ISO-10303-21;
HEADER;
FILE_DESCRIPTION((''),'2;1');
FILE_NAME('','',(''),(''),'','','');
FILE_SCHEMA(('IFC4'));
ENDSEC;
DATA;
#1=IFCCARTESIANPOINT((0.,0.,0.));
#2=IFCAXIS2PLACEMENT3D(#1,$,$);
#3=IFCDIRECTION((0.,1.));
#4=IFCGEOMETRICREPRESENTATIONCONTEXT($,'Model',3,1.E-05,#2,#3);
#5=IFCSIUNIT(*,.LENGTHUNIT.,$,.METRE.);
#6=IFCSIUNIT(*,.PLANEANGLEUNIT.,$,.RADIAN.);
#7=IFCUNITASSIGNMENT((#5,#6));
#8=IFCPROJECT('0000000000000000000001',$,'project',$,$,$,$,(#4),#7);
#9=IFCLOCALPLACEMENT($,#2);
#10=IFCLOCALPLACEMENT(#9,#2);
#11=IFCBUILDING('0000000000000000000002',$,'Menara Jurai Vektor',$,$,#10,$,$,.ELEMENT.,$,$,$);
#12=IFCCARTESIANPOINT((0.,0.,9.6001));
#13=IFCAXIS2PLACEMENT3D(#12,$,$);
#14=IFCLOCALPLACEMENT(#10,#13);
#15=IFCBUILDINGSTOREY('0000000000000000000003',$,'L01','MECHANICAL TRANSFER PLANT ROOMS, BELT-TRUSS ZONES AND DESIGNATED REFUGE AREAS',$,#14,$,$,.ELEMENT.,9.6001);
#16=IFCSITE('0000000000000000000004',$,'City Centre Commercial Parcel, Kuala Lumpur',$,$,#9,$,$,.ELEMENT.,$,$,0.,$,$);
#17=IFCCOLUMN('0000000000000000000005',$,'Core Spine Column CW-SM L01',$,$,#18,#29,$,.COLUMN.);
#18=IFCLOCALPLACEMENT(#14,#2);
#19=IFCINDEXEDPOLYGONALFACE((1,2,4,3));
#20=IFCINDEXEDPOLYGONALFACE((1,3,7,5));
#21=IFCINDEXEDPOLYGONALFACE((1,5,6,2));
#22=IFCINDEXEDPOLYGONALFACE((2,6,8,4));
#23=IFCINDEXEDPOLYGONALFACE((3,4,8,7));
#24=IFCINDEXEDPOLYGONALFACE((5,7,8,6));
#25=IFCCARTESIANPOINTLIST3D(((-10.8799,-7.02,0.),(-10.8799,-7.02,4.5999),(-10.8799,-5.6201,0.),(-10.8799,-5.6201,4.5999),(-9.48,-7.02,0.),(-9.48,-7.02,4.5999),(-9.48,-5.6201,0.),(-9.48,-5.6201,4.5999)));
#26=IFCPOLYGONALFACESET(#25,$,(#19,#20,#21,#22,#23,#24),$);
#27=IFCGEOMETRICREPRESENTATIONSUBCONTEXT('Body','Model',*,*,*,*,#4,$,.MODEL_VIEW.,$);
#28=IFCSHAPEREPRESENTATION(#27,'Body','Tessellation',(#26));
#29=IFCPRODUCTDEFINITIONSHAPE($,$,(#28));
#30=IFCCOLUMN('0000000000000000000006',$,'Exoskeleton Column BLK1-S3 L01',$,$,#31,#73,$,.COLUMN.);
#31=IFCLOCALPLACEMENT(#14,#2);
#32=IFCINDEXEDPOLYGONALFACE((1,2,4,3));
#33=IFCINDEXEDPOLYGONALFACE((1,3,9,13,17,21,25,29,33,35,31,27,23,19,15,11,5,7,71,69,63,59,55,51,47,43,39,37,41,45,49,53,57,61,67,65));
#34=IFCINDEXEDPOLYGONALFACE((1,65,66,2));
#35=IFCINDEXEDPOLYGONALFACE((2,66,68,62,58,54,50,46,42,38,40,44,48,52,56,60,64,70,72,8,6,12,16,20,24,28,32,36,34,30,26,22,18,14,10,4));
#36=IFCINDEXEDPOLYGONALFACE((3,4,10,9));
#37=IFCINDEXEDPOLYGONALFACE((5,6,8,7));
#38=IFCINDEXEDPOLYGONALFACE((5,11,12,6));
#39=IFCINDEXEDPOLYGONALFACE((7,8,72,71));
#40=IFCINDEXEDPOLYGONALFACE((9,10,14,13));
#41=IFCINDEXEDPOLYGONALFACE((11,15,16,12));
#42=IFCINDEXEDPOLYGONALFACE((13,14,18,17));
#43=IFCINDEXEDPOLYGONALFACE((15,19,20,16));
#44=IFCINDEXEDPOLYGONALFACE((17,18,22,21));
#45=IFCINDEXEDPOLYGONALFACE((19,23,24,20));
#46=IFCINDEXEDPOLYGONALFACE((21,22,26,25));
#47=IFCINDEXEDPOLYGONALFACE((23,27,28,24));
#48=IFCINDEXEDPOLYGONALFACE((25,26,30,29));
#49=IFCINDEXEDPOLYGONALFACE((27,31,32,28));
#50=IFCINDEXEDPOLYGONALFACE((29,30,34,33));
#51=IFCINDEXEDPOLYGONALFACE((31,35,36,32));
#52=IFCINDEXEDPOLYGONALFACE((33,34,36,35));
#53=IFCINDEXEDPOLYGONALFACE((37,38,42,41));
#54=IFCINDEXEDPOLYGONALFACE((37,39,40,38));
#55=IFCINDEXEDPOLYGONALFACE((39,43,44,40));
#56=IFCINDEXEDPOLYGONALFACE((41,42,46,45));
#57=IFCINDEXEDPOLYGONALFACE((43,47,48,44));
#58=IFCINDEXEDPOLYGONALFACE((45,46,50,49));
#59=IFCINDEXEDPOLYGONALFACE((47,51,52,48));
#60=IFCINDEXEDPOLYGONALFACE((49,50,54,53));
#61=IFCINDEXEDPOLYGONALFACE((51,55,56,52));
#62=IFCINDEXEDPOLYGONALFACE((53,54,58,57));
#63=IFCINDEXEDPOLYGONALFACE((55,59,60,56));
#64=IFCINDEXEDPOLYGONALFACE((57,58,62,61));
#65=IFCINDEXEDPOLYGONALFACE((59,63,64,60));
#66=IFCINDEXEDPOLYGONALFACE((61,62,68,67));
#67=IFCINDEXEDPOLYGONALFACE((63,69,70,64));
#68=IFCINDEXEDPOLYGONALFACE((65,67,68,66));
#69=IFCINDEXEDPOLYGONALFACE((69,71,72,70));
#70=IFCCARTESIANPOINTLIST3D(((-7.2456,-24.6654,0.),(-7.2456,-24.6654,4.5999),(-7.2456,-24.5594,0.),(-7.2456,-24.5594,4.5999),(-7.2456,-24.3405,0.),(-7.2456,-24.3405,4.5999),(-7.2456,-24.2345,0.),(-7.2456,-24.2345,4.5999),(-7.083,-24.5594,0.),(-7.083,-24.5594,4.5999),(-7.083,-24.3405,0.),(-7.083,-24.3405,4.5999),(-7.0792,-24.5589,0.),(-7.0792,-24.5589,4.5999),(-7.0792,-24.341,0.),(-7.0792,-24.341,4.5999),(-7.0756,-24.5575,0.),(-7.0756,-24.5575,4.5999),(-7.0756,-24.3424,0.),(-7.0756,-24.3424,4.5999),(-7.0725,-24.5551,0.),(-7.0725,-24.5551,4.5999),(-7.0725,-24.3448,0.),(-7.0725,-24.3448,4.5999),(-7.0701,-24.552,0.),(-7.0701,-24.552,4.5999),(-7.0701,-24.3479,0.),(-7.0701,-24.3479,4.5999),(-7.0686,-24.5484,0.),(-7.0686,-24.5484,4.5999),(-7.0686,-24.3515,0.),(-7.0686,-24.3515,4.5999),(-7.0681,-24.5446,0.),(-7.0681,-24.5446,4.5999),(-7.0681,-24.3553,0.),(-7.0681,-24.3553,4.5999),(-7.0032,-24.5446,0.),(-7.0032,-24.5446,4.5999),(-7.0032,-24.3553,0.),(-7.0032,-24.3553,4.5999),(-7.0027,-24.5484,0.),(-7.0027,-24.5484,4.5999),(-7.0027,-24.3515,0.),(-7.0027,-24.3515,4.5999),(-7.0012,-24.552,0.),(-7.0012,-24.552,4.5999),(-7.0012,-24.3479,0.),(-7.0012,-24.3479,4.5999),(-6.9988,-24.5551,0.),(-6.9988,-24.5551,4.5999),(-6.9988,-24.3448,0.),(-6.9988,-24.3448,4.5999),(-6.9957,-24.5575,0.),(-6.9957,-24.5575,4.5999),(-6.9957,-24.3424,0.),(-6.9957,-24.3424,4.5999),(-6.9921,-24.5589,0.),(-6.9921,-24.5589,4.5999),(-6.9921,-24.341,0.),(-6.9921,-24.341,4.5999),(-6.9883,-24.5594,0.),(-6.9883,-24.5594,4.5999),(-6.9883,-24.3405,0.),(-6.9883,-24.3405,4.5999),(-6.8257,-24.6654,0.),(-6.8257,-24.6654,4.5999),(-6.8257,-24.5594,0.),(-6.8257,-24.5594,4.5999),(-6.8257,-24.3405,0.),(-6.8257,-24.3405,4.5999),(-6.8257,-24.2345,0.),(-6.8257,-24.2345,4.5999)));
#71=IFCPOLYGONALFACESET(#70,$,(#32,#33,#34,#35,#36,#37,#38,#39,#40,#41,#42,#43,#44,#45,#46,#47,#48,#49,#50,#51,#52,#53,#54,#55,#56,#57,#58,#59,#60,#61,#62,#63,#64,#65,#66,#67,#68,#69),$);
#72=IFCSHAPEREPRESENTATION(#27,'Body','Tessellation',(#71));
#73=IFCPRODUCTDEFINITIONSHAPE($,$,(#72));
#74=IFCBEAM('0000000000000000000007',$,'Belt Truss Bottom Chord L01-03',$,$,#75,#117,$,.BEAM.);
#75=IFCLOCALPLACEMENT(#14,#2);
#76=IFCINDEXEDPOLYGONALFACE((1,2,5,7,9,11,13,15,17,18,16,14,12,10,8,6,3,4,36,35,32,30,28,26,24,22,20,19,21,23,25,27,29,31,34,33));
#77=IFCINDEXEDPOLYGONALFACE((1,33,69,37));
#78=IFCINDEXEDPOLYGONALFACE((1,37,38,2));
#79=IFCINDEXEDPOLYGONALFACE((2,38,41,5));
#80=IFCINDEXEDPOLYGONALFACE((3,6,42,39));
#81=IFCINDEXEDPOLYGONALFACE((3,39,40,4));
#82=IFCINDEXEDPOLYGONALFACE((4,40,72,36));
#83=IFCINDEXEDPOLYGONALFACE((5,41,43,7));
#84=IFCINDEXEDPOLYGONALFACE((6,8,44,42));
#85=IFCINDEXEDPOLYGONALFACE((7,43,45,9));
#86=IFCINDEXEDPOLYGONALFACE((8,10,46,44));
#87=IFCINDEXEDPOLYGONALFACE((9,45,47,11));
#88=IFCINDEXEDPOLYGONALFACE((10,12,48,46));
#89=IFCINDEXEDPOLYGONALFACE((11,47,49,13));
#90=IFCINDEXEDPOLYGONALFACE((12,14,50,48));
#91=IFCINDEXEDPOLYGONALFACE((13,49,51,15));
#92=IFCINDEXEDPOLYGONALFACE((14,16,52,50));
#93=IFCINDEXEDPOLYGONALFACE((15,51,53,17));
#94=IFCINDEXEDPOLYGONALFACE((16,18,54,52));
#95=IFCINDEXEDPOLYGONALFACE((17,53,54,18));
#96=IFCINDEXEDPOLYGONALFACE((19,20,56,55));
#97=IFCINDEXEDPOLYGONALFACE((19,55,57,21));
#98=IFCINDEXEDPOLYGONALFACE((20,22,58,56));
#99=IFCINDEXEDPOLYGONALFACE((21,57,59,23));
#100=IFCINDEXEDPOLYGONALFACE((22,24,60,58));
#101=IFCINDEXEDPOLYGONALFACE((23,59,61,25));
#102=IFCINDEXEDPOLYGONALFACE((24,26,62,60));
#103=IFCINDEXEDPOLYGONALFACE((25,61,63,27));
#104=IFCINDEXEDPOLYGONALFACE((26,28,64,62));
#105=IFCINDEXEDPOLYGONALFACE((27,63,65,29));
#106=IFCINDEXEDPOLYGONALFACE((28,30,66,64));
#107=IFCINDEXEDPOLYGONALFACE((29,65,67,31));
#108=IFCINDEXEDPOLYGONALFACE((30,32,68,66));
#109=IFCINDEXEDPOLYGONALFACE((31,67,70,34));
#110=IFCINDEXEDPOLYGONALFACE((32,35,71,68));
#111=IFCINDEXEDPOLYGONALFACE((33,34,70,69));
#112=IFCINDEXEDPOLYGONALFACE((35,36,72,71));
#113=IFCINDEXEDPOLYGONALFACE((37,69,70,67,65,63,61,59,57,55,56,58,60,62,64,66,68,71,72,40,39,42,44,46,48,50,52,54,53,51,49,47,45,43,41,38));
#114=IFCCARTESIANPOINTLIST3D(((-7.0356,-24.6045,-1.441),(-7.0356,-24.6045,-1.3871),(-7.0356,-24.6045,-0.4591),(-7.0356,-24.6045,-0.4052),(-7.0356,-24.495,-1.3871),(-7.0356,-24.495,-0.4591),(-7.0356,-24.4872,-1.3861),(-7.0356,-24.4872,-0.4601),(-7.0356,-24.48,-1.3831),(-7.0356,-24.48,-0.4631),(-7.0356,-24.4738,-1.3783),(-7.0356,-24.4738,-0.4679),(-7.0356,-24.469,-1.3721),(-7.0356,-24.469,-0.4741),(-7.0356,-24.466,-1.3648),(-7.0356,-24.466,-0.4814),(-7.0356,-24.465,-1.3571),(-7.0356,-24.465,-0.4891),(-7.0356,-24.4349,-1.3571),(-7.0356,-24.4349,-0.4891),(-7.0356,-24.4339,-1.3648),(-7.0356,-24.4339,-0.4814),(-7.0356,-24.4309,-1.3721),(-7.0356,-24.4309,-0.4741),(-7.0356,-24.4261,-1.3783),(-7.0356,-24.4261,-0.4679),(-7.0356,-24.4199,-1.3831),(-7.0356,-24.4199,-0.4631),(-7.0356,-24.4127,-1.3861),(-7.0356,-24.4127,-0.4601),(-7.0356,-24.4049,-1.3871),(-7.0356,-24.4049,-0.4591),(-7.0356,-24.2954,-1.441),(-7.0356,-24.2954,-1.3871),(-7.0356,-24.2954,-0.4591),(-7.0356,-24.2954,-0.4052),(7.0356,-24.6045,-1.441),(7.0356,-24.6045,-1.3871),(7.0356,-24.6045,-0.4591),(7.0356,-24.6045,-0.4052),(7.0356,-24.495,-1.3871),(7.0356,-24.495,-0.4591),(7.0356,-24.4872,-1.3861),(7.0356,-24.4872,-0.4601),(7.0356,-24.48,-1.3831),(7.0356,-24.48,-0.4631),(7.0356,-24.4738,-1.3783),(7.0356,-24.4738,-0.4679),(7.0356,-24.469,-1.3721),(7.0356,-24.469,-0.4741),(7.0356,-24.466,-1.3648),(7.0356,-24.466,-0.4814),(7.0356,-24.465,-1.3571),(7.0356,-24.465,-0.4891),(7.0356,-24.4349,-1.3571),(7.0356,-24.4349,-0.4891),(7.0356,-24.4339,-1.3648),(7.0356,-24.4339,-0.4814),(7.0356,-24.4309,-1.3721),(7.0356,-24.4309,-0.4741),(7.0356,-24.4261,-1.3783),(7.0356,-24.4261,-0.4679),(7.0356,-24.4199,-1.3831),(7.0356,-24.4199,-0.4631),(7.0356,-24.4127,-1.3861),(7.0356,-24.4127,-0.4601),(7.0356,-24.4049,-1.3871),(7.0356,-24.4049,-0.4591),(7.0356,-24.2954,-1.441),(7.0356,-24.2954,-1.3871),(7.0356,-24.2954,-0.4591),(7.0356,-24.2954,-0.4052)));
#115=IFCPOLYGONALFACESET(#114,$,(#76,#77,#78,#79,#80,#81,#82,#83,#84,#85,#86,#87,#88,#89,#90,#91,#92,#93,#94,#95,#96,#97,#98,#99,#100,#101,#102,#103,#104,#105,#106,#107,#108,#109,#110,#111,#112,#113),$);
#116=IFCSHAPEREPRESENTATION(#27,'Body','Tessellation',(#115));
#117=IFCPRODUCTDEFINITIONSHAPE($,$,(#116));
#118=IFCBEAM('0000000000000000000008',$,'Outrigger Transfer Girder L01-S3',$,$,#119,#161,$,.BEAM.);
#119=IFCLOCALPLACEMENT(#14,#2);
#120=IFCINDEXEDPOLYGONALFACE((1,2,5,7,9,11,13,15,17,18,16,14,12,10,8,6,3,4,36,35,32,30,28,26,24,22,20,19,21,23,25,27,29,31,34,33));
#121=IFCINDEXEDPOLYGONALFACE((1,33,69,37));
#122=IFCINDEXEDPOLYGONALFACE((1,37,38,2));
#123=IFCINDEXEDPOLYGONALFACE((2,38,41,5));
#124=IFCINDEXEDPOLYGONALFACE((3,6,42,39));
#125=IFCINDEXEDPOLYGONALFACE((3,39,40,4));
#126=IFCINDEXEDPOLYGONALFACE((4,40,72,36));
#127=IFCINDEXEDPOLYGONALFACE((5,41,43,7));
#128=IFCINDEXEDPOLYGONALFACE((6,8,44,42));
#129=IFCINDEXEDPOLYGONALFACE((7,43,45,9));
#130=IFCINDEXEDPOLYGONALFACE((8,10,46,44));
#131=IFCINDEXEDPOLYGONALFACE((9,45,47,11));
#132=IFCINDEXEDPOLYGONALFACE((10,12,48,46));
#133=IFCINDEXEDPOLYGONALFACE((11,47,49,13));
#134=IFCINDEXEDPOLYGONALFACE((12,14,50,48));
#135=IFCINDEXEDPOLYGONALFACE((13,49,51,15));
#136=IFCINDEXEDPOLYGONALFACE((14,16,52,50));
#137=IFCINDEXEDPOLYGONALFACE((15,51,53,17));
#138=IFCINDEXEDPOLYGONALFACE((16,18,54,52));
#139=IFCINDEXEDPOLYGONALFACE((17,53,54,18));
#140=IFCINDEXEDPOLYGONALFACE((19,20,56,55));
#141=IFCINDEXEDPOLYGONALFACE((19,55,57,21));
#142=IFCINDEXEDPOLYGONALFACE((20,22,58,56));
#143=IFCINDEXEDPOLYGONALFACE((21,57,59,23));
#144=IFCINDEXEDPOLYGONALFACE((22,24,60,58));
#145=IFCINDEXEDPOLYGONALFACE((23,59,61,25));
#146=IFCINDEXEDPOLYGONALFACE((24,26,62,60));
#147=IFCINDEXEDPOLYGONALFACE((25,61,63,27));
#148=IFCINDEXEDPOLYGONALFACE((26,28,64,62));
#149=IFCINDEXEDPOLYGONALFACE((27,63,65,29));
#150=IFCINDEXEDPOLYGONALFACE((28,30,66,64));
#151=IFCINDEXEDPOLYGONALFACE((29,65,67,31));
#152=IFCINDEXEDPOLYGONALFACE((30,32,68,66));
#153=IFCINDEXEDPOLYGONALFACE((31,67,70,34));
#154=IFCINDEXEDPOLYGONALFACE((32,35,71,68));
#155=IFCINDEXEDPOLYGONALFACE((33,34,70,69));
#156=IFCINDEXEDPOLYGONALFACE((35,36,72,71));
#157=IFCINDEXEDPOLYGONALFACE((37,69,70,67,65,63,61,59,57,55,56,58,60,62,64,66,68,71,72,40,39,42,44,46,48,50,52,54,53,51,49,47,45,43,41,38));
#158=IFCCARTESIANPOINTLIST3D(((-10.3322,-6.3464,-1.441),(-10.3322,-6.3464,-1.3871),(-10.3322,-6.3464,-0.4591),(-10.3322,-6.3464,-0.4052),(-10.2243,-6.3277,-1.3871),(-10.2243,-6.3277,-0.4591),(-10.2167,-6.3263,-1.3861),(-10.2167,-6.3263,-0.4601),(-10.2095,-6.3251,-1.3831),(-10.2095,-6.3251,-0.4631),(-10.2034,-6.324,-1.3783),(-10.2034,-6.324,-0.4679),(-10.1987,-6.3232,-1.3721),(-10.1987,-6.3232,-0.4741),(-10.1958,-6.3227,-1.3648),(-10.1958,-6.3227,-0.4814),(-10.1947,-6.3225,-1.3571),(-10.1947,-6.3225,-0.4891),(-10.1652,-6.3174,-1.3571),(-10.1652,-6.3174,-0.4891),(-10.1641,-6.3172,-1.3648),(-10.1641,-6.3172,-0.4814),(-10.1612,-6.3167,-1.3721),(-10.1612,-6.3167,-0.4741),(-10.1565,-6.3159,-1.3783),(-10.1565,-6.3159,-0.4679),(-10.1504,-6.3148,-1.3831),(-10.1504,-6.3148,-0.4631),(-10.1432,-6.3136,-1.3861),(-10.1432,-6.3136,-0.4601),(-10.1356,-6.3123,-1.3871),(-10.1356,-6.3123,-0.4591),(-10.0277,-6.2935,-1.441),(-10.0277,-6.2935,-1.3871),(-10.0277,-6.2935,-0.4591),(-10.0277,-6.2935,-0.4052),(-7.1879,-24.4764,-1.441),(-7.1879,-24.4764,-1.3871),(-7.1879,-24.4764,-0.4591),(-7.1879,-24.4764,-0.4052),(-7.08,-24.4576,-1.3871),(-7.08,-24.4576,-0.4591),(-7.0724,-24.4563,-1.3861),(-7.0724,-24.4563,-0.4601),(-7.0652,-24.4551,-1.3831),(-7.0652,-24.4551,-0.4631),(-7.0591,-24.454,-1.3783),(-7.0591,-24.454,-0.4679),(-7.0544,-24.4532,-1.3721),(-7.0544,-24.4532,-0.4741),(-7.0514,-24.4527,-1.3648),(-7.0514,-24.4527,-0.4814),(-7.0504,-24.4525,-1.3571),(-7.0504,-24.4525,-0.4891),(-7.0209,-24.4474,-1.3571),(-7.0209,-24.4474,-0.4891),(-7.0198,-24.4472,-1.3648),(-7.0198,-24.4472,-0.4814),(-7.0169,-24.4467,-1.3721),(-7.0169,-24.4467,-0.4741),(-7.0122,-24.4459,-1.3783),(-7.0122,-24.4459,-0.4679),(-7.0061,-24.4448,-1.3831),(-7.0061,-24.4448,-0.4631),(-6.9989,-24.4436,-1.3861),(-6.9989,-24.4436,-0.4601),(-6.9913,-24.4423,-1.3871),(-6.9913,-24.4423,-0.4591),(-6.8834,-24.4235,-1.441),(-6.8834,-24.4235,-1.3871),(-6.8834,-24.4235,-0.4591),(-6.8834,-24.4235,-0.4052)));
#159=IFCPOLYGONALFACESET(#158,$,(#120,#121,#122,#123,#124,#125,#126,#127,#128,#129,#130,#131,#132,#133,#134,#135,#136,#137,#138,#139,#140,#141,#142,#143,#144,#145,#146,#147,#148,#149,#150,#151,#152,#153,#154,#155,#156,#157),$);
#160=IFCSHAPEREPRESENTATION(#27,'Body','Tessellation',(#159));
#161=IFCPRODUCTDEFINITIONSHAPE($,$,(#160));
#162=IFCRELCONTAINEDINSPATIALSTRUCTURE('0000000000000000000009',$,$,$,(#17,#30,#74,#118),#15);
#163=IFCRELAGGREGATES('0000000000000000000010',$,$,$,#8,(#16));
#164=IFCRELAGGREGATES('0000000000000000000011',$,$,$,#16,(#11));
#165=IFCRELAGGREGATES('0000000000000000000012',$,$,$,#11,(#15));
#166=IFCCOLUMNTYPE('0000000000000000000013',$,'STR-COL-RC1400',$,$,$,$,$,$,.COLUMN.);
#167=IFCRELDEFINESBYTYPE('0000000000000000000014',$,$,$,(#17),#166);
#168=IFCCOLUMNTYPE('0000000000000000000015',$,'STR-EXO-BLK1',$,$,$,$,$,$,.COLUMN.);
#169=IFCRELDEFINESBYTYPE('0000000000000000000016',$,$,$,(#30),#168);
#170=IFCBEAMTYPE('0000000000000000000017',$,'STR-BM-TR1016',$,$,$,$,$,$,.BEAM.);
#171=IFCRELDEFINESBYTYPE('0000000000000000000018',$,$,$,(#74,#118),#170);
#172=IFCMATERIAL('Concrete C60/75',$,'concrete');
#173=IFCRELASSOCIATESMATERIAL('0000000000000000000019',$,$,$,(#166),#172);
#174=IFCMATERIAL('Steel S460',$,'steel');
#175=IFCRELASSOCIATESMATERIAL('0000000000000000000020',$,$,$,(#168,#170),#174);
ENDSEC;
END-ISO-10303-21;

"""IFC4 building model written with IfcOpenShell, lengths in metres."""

from ifc_helpers import new_model, si_unit, direction, frame, origin, origin_2d, place, context, subcontext, project, spatial, rectangle, i_section, extrude, material, material_profile, profile_set, type_object, element, save


model = new_model("IFC4")

# Units and contexts
model_context = context("Model", 3, precision=1e-05, world=origin(), true_north=direction((0.0, 1.0)))
body_context = subcontext(model_context, "Body", "Model", "MODEL_VIEW")
ifc_project = project(units=[si_unit("LENGTHUNIT", "METRE"), si_unit("PLANEANGLEUNIT", "RADIAN")], contexts=[model_context])

# Site, building, storey
site_placement = place(None, origin())
site = spatial("IfcSite", under=ifc_project, at=site_placement, Name="City Centre Commercial Parcel, Kuala Lumpur", CompositionType="ELEMENT", RefElevation=0.0)
building_placement = place(site_placement, origin())
building = spatial("IfcBuilding", under=site, at=building_placement, Name="Menara Jurai Vektor", CompositionType="ELEMENT")
storey_placement = place(building_placement, frame((0.0, 0.0, 9.6001)))
storey = spatial("IfcBuildingStorey", under=building, at=storey_placement, Name="L01", Description="MECHANICAL TRANSFER PLANT ROOMS, BELT-TRUSS ZONES AND DESIGNATED REFUGE AREAS", CompositionType="ELEMENT", Elevation=9.6001)

# Columns
ifc_material_1 = material(Name="Concrete C60/75", Category="concrete")
ifc_material_profile_1 = material_profile(ifc_material_1, rectangle(XDim=1.3999, YDim=1.3999, at=origin_2d()), Name="RC 1400x1400")
ifc_profile_set_1 = profile_set([ifc_material_profile_1], Name="Concrete C60/75")
column_type_1 = type_object("IfcColumnType", Name="STR-COL-RC1400", PredefinedType="COLUMN", material=ifc_profile_set_1)
column_1_placement = place(storey_placement, frame((-10.1799, -6.3201, 0.0), z_axis=(0.0, 0.0, 1.0), x_axis=(1.0, 0.0, 0.0)))
element("IfcColumn", 1, at=column_1_placement, inside=storey, type_object=column_type_1, Name="Core Spine Column CW-SM L01", PredefinedType="COLUMN", context=body_context, shape_type="SweptSolid", body=[
    extrude(rectangle(XDim=1.3999, YDim=1.3999, at=origin_2d()), origin(), (0.0, 0.0, 1.0), 4.5999),
])
ifc_material_2 = material(Name="Steel S460", Category="steel")
ifc_material_profile_2 = material_profile(ifc_material_2, i_section(OverallWidth=0.4199, OverallDepth=0.4309, WebThickness=0.0649, FlangeThickness=0.106, FilletRadius=0.0149, at=origin_2d()), Name="HD 400x900")
ifc_profile_set_2 = profile_set([ifc_material_profile_2], Name="Steel S460")
column_type_2 = type_object("IfcColumnType", Name="STR-EXO-BLK1", PredefinedType="COLUMN", material=ifc_profile_set_2)
column_2_placement = place(storey_placement, frame((-7.0356, -24.45, 0.0), z_axis=(0.0, 0.0, 1.0), x_axis=(1.0, 0.0, 0.0)))
element("IfcColumn", 2, at=column_2_placement, inside=storey, type_object=column_type_2, Name="Exoskeleton Column BLK1-S3 L01", PredefinedType="COLUMN", context=body_context, shape_type="SweptSolid", body=[
    extrude(i_section(OverallWidth=0.4199, OverallDepth=0.4309, WebThickness=0.0649, FlangeThickness=0.106, FilletRadius=0.0149, at=origin_2d()), origin(), (0.0, 0.0, 1.0), 4.5999),
])

# Beams
ifc_material_profile_3 = material_profile(ifc_material_2, i_section(OverallWidth=0.3091, OverallDepth=1.0359, WebThickness=0.03, FlangeThickness=0.054, FilletRadius=0.03, at=origin_2d()), Name="UKB 1016x305x487")
ifc_profile_set_3 = profile_set([ifc_material_profile_3], Name="Steel S460")
beam_type_1 = type_object("IfcBeamType", Name="STR-BM-TR1016", PredefinedType="BEAM", material=ifc_profile_set_3)
beam_1_placement = place(storey_placement, frame((-7.0356, -24.45, -0.9231), z_axis=(1.0, 0.0, 0.0), x_axis=(0.0, 1.0, 0.0)))
element("IfcBeam", 3, at=beam_1_placement, inside=storey, type_object=beam_type_1, Name="Belt Truss Bottom Chord L01-03", PredefinedType="BEAM", context=body_context, shape_type="SweptSolid", body=[
    extrude(i_section(OverallWidth=0.3091, OverallDepth=1.0359, WebThickness=0.03, FlangeThickness=0.054, FilletRadius=0.03, at=origin_2d()), origin(), (0.0, 0.0, 1.0), 14.0713),
])
beam_2_placement = place(storey_placement, frame((-7.0356, -24.45, -0.9231), z_axis=(-0.17088, 0.985292, 0.0), x_axis=(-0.985292, -0.17088, 0.0)))
element("IfcBeam", 4, at=beam_2_placement, inside=storey, type_object=beam_type_1, Name="Outrigger Transfer Girder L01-S3", PredefinedType="BEAM", context=body_context, shape_type="SweptSolid", body=[
    extrude(i_section(OverallWidth=0.3091, OverallDepth=1.0359, WebThickness=0.03, FlangeThickness=0.054, FilletRadius=0.03, at=origin_2d()), origin(), (0.0, 0.0, 1.0), 18.4006),
])

save(model, "model.ifc")
